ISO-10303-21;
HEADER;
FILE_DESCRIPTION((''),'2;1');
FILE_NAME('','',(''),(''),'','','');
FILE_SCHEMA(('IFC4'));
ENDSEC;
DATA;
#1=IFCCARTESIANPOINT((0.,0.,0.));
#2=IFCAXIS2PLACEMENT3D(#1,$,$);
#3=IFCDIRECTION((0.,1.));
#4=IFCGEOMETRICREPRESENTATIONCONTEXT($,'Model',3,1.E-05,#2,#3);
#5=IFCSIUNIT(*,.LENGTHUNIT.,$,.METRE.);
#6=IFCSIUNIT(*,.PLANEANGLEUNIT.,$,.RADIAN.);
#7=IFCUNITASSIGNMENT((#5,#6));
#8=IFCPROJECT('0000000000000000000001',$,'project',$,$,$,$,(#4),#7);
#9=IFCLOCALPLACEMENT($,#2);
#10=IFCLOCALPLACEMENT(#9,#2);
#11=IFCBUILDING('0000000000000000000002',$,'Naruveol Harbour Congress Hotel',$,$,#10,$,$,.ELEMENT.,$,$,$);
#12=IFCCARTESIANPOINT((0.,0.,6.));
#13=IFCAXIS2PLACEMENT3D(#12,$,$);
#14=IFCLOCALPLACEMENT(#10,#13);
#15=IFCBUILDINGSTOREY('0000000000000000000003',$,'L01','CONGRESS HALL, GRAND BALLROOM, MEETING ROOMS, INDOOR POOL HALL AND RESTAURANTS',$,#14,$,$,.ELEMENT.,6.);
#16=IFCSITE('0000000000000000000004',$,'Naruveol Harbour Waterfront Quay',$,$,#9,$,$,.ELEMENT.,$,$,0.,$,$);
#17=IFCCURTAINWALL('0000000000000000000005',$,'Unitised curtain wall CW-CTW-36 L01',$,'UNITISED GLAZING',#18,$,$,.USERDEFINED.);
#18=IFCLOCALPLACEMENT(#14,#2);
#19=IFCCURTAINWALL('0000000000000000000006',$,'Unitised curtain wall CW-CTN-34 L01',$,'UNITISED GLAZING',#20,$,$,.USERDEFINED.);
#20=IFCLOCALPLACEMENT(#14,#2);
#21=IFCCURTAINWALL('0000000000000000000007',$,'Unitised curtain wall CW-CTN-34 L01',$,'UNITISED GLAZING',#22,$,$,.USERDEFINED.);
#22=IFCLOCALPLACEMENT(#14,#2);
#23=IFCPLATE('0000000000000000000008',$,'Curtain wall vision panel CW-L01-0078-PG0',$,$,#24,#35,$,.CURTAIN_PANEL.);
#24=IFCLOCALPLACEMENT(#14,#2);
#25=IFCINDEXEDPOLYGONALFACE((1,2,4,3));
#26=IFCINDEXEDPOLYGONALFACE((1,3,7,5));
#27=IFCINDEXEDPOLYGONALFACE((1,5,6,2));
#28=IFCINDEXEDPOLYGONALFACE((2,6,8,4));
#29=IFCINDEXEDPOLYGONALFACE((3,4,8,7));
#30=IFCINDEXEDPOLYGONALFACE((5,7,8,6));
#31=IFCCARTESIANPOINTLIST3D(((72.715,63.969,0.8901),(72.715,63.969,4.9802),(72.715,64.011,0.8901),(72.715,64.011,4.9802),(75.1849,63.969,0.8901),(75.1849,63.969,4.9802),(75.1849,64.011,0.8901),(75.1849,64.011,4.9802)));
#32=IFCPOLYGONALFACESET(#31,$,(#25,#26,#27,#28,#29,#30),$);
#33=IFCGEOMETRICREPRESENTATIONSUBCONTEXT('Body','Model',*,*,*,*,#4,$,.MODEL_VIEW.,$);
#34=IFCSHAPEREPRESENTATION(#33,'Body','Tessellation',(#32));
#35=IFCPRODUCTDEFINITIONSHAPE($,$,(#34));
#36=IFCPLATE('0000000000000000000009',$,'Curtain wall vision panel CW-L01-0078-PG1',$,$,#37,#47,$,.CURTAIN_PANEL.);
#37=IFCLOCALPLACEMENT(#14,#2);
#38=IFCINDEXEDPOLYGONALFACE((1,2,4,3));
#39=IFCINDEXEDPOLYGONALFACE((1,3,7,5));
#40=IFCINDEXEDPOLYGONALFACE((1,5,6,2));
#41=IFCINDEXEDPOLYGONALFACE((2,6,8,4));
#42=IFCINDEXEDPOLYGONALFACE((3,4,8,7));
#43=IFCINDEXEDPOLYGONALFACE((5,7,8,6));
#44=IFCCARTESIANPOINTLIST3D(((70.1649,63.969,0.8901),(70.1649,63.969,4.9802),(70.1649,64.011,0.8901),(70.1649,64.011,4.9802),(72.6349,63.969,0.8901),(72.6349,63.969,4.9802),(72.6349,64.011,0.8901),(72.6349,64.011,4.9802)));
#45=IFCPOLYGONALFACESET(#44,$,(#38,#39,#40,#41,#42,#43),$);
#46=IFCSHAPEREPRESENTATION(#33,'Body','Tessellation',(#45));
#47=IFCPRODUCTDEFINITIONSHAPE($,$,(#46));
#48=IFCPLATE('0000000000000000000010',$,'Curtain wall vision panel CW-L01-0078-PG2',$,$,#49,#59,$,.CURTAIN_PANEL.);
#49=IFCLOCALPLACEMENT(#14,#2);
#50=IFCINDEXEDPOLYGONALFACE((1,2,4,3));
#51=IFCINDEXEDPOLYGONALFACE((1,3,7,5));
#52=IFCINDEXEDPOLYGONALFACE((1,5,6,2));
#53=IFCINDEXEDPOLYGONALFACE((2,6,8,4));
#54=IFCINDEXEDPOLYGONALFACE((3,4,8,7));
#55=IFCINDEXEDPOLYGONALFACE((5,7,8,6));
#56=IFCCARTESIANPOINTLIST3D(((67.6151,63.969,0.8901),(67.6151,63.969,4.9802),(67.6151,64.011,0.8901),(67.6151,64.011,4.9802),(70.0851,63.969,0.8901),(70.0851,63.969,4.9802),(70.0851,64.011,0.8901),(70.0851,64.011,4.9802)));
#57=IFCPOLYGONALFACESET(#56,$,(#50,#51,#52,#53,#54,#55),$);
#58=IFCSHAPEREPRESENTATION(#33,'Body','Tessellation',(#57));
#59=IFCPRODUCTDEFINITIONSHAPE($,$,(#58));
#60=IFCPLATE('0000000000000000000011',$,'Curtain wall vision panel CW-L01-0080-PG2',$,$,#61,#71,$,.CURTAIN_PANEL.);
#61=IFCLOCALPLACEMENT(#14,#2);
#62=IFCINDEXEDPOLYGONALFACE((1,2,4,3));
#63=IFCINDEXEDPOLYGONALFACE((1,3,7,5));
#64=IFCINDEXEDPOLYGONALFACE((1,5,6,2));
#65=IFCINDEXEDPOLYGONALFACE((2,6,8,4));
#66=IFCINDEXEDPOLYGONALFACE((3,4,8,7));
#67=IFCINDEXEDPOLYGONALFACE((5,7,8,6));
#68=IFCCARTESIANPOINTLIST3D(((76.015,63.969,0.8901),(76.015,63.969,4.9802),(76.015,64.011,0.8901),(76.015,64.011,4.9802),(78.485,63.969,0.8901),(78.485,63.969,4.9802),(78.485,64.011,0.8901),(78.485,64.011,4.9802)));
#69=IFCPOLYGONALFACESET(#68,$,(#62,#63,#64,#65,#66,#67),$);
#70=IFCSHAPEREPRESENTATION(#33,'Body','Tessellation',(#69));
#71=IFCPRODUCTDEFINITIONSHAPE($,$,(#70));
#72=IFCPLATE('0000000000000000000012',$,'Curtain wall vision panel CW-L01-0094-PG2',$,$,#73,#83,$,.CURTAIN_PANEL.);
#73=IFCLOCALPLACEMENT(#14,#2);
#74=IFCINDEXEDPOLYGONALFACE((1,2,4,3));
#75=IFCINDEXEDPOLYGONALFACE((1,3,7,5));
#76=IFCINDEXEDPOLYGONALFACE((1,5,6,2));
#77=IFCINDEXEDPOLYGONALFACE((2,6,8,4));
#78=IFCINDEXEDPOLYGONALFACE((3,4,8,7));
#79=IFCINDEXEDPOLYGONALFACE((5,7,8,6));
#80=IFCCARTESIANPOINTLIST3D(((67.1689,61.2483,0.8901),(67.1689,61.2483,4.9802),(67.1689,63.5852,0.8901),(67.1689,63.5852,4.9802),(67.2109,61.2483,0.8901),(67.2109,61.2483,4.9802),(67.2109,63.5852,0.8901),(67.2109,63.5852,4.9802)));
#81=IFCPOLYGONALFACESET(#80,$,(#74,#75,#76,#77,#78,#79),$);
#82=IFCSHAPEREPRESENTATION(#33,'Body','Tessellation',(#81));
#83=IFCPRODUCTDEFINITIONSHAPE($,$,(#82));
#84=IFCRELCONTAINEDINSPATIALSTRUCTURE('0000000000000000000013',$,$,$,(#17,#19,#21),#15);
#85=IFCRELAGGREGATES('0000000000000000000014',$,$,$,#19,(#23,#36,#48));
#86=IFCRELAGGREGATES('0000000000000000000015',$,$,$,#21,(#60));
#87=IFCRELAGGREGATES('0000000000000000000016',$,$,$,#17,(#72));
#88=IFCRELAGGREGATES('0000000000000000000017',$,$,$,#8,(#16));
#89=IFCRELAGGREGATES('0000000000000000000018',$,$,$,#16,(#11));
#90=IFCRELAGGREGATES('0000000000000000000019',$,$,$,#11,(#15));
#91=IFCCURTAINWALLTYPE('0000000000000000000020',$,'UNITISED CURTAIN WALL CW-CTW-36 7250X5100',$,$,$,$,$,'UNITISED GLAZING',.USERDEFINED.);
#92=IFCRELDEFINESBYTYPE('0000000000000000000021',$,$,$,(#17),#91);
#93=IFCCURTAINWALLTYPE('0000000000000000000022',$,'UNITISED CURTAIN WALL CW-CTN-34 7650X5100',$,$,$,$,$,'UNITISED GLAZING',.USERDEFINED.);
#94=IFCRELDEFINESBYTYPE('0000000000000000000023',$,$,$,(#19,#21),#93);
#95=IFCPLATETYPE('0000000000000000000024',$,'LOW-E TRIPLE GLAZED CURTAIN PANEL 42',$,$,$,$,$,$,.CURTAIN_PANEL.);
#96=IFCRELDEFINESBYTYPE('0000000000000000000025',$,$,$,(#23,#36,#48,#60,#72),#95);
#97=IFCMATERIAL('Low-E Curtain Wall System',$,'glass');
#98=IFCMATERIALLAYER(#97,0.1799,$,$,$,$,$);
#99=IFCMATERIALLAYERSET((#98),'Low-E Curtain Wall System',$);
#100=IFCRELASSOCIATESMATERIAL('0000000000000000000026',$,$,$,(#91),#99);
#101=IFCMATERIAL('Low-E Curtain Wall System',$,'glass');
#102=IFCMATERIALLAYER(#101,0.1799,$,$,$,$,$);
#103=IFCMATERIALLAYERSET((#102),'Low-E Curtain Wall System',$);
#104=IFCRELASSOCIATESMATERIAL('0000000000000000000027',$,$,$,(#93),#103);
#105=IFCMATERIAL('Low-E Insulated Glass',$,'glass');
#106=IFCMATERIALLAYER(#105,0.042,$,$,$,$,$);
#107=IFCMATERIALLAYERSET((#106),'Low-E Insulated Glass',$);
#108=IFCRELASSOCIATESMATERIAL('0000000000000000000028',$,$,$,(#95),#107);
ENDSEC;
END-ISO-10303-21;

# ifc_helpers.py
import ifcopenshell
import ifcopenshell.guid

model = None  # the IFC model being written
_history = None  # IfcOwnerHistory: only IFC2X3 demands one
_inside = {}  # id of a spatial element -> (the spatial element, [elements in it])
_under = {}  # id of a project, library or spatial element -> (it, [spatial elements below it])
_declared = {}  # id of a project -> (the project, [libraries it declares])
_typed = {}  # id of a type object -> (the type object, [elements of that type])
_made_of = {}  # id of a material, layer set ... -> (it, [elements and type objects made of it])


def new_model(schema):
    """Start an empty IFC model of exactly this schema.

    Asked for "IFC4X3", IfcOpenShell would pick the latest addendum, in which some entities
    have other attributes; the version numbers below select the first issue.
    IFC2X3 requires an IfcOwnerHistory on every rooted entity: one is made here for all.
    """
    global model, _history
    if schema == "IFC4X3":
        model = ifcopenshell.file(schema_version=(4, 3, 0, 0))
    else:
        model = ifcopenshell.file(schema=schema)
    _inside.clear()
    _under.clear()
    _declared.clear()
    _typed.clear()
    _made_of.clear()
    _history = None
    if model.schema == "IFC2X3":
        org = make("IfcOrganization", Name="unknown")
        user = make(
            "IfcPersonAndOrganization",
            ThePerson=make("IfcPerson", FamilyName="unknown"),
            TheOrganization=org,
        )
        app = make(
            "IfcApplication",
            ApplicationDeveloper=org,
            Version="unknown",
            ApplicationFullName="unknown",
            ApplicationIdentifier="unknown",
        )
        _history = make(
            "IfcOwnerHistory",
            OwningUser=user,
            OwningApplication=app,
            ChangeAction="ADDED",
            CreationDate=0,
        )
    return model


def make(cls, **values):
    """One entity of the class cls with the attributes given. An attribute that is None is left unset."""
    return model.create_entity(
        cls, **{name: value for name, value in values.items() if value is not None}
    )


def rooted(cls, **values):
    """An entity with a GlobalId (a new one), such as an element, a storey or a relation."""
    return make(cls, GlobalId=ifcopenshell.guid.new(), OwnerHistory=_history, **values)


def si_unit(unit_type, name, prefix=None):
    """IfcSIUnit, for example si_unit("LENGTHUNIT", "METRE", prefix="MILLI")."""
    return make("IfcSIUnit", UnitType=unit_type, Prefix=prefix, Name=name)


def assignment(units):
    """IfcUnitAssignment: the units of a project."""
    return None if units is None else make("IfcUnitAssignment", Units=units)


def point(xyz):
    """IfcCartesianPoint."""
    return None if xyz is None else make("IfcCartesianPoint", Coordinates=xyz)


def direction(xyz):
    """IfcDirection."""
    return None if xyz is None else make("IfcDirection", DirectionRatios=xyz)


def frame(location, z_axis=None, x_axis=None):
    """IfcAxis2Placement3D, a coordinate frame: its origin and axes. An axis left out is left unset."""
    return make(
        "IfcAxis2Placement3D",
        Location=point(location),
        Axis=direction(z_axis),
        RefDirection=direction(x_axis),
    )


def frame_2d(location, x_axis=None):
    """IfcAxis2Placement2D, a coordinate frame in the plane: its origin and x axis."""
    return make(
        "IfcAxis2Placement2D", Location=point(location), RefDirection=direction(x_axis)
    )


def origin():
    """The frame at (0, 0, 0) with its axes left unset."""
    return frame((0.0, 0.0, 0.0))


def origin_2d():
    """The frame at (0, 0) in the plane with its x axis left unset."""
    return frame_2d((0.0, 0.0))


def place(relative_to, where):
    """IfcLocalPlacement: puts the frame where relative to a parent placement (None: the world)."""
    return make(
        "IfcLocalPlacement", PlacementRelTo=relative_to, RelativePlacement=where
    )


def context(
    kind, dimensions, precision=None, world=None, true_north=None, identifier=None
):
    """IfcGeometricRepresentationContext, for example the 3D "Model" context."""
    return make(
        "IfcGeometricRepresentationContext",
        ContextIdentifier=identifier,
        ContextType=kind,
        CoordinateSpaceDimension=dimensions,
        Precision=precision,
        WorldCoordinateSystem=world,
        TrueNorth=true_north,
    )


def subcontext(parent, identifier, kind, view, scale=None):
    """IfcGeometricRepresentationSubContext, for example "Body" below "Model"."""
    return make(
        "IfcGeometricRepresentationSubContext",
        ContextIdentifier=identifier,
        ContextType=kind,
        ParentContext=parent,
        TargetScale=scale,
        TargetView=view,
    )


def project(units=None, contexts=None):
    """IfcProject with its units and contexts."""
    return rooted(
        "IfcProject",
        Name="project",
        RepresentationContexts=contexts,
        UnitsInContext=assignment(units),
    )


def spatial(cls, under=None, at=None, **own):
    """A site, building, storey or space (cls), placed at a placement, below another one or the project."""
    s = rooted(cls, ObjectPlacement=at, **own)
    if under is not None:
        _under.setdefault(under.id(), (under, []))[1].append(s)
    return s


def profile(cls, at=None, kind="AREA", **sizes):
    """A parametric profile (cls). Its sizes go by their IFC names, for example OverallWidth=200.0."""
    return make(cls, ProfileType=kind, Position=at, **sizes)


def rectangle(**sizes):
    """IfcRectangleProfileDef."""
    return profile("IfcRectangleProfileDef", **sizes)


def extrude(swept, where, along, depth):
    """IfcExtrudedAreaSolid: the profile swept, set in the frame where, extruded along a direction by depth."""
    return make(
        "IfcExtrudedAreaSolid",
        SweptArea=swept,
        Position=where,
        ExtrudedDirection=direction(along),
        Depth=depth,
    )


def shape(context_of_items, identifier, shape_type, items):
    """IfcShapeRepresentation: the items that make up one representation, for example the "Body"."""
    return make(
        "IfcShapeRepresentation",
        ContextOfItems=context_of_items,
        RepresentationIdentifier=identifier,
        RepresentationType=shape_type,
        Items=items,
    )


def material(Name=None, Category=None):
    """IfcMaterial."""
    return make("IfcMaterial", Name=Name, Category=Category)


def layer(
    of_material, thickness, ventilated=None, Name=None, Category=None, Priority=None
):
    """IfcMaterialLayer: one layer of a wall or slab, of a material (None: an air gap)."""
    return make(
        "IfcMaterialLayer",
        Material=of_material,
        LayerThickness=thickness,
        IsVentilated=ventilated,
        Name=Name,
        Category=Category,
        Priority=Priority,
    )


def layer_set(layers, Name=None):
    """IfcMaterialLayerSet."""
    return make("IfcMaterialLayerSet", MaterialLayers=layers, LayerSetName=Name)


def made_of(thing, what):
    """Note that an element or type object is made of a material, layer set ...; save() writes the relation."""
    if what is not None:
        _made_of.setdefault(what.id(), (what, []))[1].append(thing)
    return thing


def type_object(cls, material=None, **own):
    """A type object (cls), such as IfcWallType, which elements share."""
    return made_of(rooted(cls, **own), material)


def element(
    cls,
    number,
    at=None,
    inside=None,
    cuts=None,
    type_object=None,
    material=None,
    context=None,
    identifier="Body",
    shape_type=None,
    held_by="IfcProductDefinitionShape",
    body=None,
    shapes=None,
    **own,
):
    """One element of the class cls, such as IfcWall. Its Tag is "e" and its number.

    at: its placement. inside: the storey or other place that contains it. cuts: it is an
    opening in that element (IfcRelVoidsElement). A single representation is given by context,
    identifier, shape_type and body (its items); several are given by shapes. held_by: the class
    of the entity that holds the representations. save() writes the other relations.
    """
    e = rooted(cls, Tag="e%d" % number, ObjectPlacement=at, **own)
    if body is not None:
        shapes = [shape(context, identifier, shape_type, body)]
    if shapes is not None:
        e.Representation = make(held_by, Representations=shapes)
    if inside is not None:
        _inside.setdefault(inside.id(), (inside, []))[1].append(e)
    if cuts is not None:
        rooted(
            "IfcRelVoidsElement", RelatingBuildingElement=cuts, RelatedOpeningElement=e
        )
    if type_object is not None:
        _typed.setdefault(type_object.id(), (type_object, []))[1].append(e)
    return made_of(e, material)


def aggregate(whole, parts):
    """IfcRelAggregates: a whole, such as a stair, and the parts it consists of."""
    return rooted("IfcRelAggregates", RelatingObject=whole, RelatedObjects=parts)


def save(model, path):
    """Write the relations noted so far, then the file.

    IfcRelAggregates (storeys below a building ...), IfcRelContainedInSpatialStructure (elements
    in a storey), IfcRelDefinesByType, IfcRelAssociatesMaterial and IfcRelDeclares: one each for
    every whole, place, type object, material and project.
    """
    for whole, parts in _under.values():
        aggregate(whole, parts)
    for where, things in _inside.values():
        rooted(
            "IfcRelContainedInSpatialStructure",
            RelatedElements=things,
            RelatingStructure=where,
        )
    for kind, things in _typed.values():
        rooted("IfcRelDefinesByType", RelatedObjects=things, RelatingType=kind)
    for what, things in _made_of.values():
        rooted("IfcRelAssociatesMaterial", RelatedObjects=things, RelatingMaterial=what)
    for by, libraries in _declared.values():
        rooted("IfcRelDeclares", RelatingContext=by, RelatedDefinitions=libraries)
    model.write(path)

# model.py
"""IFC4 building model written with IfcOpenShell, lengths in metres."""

from ifc_helpers import new_model, si_unit, direction, frame, origin, origin_2d, place, context, subcontext, project, spatial, rectangle, extrude, material, layer, layer_set, type_object, element, aggregate, save


model = new_model("IFC4")

# Units and contexts
model_context = context("Model", 3, precision=1e-05, world=origin(), true_north=direction((0.0, 1.0)))
body_context = subcontext(model_context, "Body", "Model", "MODEL_VIEW")
ifc_project = project(units=[si_unit("LENGTHUNIT", "METRE"), si_unit("PLANEANGLEUNIT", "RADIAN")], contexts=[model_context])

# Site, building, storey
site_placement = place(None, origin())
site = spatial("IfcSite", under=ifc_project, at=site_placement, Name="Naruveol Harbour Waterfront Quay", CompositionType="ELEMENT", RefElevation=0.0)
building_placement = place(site_placement, origin())
building = spatial("IfcBuilding", under=site, at=building_placement, Name="Naruveol Harbour Congress Hotel", CompositionType="ELEMENT")
storey_placement = place(building_placement, frame((0.0, 0.0, 6.0)))
storey = spatial("IfcBuildingStorey", under=building, at=storey_placement, Name="L01", Description="CONGRESS HALL, GRAND BALLROOM, MEETING ROOMS, INDOOR POOL HALL AND RESTAURANTS", CompositionType="ELEMENT", Elevation=6.0)

# Curtain wall
ifc_material_1 = material(Name="Low-E Curtain Wall System", Category="glass")
ifc_layer_1 = layer(ifc_material_1, 0.1799)
ifc_layer_set_1 = layer_set([ifc_layer_1], Name="Low-E Curtain Wall System")
curtain_wall_type_1 = type_object("IfcCurtainWallType", Name="UNITISED CURTAIN WALL CW-CTW-36 7250X5100", ElementType="UNITISED GLAZING", PredefinedType="USERDEFINED", material=ifc_layer_set_1)
curtain_wall_1_placement = place(storey_placement, origin())
curtain_wall_1 = element("IfcCurtainWall", 1, at=curtain_wall_1_placement, inside=storey, type_object=curtain_wall_type_1, Name="Unitised curtain wall CW-CTW-36 L01", ObjectType="UNITISED GLAZING", PredefinedType="USERDEFINED")

# Curtain wall
ifc_material_2 = material(Name="Low-E Curtain Wall System", Category="glass")
ifc_layer_2 = layer(ifc_material_2, 0.1799)
ifc_layer_set_2 = layer_set([ifc_layer_2], Name="Low-E Curtain Wall System")
curtain_wall_type_2 = type_object("IfcCurtainWallType", Name="UNITISED CURTAIN WALL CW-CTN-34 7650X5100", ElementType="UNITISED GLAZING", PredefinedType="USERDEFINED", material=ifc_layer_set_2)
curtain_wall_2_placement = place(storey_placement, origin())
curtain_wall_2 = element("IfcCurtainWall", 2, at=curtain_wall_2_placement, inside=storey, type_object=curtain_wall_type_2, Name="Unitised curtain wall CW-CTN-34 L01", ObjectType="UNITISED GLAZING", PredefinedType="USERDEFINED")

# Curtain wall
curtain_wall_3_placement = place(storey_placement, origin())
curtain_wall_3 = element("IfcCurtainWall", 3, at=curtain_wall_3_placement, inside=storey, type_object=curtain_wall_type_2, Name="Unitised curtain wall CW-CTN-34 L01", ObjectType="UNITISED GLAZING", PredefinedType="USERDEFINED")

# Plates
ifc_material_3 = material(Name="Low-E Insulated Glass", Category="glass")
ifc_layer_3 = layer(ifc_material_3, 0.042)
ifc_layer_set_3 = layer_set([ifc_layer_3], Name="Low-E Insulated Glass")
plate_type_1 = type_object("IfcPlateType", Name="LOW-E TRIPLE GLAZED CURTAIN PANEL 42", PredefinedType="CURTAIN_PANEL", material=ifc_layer_set_3)
plate_1_placement = place(storey_placement, frame((73.95, 63.99, 0.8901), z_axis=(0.0, 0.0, 1.0), x_axis=(-1.0, 0.0, 0.0)))
plate_1 = element("IfcPlate", 4, at=plate_1_placement, type_object=plate_type_1, Name="Curtain wall vision panel CW-L01-0078-PG0", PredefinedType="CURTAIN_PANEL", context=body_context, shape_type="SweptSolid", body=[
    extrude(rectangle(XDim=2.47, YDim=0.042, at=origin_2d()), origin(), (0.0, 0.0, 1.0), 4.0901),
])
plate_2_placement = place(storey_placement, frame((71.3999, 63.99, 0.8901), z_axis=(0.0, 0.0, 1.0), x_axis=(-1.0, 0.0, 0.0)))
plate_2 = element("IfcPlate", 5, at=plate_2_placement, type_object=plate_type_1, Name="Curtain wall vision panel CW-L01-0078-PG1", PredefinedType="CURTAIN_PANEL", context=body_context, shape_type="SweptSolid", body=[
    extrude(rectangle(XDim=2.47, YDim=0.042, at=origin_2d()), origin(), (0.0, 0.0, 1.0), 4.0901),
])
plate_3_placement = place(storey_placement, frame((68.8501, 63.99, 0.8901), z_axis=(0.0, 0.0, 1.0), x_axis=(-1.0, 0.0, 0.0)))
plate_3 = element("IfcPlate", 6, at=plate_3_placement, type_object=plate_type_1, Name="Curtain wall vision panel CW-L01-0078-PG2", PredefinedType="CURTAIN_PANEL", context=body_context, shape_type="SweptSolid", body=[
    extrude(rectangle(XDim=2.47, YDim=0.042, at=origin_2d()), origin(), (0.0, 0.0, 1.0), 4.0901),
])
aggregate(curtain_wall_2, [plate_1, plate_2, plate_3])
plate_4_placement = place(storey_placement, frame((77.25, 63.99, 0.8901), z_axis=(0.0, 0.0, 1.0), x_axis=(-1.0, 0.0, 0.0)))
plate_4 = element("IfcPlate", 7, at=plate_4_placement, type_object=plate_type_1, Name="Curtain wall vision panel CW-L01-0080-PG2", PredefinedType="CURTAIN_PANEL", context=body_context, shape_type="SweptSolid", body=[
    extrude(rectangle(XDim=2.47, YDim=0.042, at=origin_2d()), origin(), (0.0, 0.0, 1.0), 4.0901),
])
aggregate(curtain_wall_3, [plate_4])
plate_5_placement = place(storey_placement, frame((67.1899, 62.4167, 0.8901), z_axis=(0.0, 0.0, 1.0), x_axis=(0.0, 1.0, 0.0)))
plate_5 = element("IfcPlate", 8, at=plate_5_placement, type_object=plate_type_1, Name="Curtain wall vision panel CW-L01-0094-PG2", PredefinedType="CURTAIN_PANEL", context=body_context, shape_type="SweptSolid", body=[
    extrude(rectangle(XDim=2.3369, YDim=0.042, at=origin_2d()), origin(), (0.0, 0.0, 1.0), 4.0901),
])
aggregate(curtain_wall_1, [plate_5])

save(model, "model.ifc")
